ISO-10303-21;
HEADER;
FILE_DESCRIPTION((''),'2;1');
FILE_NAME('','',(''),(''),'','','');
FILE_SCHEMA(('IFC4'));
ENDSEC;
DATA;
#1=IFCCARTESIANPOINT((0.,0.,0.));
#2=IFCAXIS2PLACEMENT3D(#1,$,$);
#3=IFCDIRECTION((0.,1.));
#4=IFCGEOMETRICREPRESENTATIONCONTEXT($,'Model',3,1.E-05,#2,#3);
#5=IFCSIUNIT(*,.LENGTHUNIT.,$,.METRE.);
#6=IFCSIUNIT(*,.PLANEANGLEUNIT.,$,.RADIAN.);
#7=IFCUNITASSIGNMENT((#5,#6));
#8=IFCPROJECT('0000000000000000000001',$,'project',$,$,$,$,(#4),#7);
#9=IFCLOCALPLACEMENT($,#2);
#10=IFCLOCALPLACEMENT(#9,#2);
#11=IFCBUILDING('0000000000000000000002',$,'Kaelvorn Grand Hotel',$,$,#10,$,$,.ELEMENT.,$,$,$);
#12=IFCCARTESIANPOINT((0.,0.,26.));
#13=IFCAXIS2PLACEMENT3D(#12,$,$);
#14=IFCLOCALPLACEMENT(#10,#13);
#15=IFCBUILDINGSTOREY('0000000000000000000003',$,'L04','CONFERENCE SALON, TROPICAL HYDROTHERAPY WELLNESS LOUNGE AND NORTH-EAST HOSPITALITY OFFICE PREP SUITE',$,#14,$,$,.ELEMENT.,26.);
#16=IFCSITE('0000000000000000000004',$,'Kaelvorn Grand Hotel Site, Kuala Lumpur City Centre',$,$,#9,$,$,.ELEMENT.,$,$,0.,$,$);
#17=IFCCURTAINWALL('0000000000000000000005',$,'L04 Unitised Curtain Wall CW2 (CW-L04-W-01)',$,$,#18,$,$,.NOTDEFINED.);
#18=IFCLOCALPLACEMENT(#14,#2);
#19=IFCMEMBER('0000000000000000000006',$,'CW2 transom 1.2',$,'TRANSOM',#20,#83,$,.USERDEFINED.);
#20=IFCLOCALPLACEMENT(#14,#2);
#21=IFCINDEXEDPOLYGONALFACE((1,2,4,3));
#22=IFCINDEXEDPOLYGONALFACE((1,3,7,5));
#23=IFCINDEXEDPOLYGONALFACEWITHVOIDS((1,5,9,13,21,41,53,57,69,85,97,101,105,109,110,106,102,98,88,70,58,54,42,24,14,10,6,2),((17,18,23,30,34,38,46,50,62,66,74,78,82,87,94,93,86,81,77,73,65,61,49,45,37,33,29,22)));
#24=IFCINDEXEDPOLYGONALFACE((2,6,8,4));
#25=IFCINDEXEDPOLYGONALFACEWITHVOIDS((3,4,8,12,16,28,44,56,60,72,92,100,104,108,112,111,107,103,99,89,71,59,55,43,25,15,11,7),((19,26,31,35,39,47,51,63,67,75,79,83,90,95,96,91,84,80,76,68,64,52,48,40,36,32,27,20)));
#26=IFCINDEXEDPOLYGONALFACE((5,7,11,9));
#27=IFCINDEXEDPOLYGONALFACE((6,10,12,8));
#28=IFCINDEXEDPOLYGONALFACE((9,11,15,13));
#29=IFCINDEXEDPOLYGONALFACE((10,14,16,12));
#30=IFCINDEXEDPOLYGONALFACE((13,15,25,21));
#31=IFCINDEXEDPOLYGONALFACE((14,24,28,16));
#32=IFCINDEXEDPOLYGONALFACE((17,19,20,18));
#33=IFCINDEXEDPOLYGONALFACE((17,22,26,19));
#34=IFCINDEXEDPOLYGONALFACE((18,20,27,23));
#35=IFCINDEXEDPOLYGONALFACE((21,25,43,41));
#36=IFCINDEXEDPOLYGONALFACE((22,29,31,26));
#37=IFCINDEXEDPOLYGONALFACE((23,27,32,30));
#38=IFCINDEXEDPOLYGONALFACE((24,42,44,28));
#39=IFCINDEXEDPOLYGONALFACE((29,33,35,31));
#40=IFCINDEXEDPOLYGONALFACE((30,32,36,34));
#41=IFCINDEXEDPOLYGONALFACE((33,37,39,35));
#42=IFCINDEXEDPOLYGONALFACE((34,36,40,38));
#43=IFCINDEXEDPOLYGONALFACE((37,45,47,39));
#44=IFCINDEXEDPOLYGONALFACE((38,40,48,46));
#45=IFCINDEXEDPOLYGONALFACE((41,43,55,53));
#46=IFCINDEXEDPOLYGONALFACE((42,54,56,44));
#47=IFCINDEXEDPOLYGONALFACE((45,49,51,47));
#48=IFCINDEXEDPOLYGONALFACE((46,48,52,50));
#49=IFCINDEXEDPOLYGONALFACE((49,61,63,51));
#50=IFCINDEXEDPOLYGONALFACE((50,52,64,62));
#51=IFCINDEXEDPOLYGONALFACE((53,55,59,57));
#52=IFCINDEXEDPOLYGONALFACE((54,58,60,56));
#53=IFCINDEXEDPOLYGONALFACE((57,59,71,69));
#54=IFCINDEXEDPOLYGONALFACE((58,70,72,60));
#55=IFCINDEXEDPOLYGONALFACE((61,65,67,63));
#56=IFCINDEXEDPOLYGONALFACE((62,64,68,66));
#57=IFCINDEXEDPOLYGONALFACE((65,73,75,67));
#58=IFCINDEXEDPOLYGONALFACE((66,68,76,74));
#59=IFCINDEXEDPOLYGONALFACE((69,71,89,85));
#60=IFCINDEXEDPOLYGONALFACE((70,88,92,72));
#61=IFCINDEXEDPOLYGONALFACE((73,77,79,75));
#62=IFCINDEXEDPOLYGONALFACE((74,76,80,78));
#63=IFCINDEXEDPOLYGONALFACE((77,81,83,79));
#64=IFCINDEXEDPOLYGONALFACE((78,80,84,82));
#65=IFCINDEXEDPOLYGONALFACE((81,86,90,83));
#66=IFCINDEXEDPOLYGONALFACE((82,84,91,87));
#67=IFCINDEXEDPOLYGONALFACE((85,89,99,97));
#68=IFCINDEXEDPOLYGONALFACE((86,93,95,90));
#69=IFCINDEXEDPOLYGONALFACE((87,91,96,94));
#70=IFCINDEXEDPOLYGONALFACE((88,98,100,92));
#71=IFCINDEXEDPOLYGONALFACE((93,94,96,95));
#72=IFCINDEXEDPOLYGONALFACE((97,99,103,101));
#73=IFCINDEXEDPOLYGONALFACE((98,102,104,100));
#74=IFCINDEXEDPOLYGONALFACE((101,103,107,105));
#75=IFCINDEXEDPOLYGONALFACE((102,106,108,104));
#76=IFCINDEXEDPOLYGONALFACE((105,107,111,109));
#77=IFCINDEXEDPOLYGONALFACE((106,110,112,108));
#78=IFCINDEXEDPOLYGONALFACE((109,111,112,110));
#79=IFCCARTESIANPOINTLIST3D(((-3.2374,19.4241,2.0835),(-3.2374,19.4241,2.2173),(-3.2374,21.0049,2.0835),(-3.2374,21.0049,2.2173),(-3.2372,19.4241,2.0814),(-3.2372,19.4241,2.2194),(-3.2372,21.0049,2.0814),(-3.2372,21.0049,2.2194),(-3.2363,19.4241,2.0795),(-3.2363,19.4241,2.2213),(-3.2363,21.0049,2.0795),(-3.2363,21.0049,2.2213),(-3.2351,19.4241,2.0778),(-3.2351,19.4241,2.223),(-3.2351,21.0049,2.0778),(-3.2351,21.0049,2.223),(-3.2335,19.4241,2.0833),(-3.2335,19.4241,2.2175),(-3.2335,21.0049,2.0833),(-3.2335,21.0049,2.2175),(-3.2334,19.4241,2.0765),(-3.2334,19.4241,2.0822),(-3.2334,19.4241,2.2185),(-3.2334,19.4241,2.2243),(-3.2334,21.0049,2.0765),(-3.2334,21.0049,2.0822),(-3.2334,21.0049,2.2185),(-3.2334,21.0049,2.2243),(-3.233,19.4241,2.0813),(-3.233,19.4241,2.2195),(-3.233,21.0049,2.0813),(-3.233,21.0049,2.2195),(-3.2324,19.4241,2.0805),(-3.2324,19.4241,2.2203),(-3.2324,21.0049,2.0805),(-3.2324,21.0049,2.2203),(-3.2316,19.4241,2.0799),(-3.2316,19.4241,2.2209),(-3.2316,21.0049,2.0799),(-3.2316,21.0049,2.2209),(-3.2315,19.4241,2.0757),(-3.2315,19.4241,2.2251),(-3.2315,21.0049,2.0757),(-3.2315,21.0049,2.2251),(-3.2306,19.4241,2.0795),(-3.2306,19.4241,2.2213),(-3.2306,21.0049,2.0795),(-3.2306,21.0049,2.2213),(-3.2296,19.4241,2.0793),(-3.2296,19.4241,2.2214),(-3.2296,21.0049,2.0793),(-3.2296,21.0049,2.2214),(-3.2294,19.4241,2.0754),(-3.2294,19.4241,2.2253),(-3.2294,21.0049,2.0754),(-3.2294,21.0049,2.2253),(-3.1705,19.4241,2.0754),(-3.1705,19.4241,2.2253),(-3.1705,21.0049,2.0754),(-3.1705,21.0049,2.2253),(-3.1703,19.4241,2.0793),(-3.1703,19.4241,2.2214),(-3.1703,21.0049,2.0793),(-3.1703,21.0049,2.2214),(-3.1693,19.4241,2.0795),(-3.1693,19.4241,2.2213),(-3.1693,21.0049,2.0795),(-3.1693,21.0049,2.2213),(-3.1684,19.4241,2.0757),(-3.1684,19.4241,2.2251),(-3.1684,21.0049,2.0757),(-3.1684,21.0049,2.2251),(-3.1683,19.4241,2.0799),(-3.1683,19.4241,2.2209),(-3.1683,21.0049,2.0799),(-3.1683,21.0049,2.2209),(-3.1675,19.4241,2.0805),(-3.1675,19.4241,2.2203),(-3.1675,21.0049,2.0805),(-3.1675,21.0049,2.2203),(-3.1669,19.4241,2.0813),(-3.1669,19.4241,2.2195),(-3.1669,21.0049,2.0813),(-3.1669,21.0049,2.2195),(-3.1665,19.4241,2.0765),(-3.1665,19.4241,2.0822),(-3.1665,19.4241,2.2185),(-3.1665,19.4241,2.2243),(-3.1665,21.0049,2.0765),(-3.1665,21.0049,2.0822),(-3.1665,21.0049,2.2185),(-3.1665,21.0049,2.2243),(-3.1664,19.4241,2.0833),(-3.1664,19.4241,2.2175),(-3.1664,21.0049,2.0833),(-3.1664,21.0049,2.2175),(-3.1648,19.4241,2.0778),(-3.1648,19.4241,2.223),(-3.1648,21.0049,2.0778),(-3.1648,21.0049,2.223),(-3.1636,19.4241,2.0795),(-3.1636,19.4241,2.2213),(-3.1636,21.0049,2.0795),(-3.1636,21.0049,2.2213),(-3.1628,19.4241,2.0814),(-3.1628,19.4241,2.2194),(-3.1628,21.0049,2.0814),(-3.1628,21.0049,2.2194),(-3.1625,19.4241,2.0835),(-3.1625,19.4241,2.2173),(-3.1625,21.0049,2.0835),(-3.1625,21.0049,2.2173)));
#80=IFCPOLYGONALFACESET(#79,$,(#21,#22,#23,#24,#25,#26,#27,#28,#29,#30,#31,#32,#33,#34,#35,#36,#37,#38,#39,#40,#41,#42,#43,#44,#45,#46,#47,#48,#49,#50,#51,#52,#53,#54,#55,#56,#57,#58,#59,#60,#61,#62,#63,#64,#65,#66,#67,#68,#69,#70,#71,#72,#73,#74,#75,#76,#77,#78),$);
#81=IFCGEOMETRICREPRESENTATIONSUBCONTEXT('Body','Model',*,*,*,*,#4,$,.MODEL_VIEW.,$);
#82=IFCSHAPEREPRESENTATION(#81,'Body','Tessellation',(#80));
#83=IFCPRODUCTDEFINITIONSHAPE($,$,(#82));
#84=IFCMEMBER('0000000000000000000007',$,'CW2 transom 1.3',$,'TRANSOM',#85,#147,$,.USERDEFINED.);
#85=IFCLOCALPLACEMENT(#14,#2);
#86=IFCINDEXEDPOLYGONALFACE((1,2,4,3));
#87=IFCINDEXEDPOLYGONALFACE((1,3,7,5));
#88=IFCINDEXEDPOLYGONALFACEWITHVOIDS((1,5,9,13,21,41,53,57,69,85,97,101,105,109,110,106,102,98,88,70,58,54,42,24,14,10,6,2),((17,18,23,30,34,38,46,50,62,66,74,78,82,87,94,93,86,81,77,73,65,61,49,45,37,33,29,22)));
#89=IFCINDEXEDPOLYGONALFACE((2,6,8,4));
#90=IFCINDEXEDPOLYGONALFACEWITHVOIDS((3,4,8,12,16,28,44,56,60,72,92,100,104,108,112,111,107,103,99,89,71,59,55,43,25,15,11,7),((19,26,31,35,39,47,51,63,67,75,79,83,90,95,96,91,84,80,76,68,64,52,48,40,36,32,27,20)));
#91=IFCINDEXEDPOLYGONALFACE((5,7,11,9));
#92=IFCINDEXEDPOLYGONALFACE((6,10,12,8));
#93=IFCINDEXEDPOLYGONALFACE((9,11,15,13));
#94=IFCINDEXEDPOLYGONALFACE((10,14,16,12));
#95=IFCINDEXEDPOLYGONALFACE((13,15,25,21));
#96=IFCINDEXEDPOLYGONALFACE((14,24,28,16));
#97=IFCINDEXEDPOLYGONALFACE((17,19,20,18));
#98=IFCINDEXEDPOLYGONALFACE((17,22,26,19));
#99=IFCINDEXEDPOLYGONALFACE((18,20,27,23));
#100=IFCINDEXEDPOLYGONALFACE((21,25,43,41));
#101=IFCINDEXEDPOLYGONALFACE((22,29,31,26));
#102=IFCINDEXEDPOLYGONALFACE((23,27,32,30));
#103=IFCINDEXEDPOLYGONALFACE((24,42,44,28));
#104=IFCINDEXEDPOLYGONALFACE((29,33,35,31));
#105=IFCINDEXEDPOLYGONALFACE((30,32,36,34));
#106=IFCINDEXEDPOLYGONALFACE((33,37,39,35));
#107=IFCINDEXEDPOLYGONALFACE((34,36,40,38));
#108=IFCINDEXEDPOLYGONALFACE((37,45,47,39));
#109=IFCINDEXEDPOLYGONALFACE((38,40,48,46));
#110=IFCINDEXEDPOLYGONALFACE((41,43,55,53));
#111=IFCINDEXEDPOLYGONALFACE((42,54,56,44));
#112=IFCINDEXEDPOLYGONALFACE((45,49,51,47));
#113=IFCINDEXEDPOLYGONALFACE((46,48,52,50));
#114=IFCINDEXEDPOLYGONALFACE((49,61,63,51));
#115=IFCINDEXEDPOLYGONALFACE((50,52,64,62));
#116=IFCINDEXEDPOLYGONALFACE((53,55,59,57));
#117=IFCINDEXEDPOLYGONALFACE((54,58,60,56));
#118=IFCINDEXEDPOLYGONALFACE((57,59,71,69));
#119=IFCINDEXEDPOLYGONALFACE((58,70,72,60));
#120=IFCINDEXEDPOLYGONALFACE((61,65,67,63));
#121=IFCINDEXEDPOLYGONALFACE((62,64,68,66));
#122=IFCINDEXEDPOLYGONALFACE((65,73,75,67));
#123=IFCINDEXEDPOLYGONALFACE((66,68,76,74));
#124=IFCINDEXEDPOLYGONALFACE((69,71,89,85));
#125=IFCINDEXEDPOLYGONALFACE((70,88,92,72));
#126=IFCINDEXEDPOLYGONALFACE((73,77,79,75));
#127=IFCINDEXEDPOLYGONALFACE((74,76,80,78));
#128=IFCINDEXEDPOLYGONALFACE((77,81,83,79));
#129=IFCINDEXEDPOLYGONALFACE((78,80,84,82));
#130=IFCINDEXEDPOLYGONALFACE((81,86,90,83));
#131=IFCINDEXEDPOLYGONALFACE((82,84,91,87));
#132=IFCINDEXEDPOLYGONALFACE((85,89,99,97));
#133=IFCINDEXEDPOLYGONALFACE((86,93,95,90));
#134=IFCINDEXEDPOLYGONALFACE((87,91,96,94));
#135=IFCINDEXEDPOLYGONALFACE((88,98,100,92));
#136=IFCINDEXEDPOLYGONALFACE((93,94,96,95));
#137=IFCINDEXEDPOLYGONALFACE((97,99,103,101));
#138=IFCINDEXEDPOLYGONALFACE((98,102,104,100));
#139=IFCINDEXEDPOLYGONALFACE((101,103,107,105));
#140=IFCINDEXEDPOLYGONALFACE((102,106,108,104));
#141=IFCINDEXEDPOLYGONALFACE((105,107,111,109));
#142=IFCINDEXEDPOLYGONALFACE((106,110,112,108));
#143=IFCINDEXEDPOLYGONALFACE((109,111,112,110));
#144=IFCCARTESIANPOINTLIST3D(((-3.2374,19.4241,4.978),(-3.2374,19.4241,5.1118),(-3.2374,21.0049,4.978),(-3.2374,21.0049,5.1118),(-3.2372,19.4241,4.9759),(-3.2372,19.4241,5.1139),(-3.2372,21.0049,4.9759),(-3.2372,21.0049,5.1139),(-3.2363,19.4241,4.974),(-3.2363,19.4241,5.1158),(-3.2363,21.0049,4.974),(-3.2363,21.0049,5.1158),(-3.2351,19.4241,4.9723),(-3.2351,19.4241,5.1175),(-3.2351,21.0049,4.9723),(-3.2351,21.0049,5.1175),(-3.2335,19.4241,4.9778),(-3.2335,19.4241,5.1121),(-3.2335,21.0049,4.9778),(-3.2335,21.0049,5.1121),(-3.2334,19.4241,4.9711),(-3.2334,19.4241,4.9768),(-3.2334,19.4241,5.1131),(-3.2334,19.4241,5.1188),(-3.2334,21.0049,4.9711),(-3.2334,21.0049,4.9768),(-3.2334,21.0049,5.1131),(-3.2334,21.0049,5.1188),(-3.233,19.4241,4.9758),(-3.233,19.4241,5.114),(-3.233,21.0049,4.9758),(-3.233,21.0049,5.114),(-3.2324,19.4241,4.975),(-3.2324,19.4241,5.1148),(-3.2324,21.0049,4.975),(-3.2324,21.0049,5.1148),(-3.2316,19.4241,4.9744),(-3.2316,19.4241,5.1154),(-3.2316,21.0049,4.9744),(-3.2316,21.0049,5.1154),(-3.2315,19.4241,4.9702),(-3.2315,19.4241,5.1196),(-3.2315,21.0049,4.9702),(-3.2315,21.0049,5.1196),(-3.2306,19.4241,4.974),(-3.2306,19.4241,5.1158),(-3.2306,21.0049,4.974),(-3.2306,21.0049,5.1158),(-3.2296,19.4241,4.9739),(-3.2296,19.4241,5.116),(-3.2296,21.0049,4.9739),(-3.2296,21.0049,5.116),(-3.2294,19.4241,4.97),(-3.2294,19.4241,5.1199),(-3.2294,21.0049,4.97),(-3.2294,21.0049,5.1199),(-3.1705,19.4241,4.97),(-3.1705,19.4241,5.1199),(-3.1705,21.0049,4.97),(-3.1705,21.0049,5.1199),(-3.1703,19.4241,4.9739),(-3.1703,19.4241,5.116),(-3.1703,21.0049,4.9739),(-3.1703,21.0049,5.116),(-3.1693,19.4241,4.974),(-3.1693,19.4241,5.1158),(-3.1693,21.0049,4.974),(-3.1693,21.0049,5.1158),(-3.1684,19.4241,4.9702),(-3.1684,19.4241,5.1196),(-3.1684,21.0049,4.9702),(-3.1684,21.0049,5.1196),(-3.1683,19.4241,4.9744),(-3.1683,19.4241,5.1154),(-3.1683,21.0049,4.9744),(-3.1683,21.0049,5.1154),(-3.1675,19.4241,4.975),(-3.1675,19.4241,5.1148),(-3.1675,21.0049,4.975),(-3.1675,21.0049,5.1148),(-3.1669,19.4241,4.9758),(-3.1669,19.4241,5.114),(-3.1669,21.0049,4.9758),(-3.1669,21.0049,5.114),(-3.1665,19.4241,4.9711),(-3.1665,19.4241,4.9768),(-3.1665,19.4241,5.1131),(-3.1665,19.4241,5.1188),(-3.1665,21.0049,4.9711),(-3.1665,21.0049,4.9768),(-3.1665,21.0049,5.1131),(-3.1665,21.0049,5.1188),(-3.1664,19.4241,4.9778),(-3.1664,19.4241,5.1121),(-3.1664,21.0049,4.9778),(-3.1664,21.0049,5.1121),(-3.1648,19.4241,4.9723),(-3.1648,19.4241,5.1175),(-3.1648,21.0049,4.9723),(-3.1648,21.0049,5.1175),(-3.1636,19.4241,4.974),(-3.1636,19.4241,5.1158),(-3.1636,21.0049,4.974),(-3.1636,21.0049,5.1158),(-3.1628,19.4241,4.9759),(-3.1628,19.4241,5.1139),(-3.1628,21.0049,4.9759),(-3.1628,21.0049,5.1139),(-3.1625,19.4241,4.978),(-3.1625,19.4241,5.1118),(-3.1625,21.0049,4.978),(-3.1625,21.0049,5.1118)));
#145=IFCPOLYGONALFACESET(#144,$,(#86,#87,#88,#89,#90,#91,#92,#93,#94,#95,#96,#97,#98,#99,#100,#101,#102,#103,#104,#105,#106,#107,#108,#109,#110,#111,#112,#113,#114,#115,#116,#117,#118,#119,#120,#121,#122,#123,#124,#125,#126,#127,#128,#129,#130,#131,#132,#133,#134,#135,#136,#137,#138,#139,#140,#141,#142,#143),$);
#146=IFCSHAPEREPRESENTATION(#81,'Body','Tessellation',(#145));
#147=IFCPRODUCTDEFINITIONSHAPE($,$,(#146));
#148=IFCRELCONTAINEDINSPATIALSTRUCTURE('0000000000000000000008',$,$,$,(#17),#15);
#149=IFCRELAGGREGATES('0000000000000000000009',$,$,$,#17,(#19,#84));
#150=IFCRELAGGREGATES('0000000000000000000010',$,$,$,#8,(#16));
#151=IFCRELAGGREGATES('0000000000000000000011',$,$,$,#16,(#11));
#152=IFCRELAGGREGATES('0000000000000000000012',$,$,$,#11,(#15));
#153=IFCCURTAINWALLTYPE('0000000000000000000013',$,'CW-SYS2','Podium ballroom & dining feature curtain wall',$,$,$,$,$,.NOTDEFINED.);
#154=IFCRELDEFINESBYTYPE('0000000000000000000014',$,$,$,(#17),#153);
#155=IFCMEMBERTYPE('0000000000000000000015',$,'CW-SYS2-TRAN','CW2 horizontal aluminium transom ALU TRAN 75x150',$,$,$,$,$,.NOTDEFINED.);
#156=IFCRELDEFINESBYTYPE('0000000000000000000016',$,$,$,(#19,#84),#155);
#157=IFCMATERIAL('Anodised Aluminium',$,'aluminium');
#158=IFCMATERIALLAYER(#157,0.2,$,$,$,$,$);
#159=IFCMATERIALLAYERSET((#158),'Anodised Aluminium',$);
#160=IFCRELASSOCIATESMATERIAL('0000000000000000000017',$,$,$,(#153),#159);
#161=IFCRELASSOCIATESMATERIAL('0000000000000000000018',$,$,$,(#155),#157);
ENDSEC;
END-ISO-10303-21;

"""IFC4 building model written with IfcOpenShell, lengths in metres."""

from ifc_helpers import new_model, si_unit, direction, frame, origin, origin_2d, place, context, subcontext, project, spatial, hollow_rectangle, extrude, material, layer, layer_set, material_profile, profile_set, type_object, element, aggregate, save


model = new_model("IFC4")

# Units and contexts
model_context = context("Model", 3, precision=1e-05, world=origin(), true_north=direction((0.0, 1.0)))
body_context = subcontext(model_context, "Body", "Model", "MODEL_VIEW")
ifc_project = project(units=[si_unit("LENGTHUNIT", "METRE"), si_unit("PLANEANGLEUNIT", "RADIAN")], contexts=[model_context])

# Site, building, storey
site_placement = place(None, origin())
site = spatial("IfcSite", under=ifc_project, at=site_placement, Name="Kaelvorn Grand Hotel Site, Kuala Lumpur City Centre", CompositionType="ELEMENT", RefElevation=0.0)
building_placement = place(site_placement, origin())
building = spatial("IfcBuilding", under=site, at=building_placement, Name="Kaelvorn Grand Hotel", CompositionType="ELEMENT")
storey_placement = place(building_placement, frame((0.0, 0.0, 26.0)))
storey = spatial("IfcBuildingStorey", under=building, at=storey_placement, Name="L04", Description="CONFERENCE SALON, TROPICAL HYDROTHERAPY WELLNESS LOUNGE AND NORTH-EAST HOSPITALITY OFFICE PREP SUITE", CompositionType="ELEMENT", Elevation=26.0)

# Curtain wall
ifc_material_1 = material(Name="Anodised Aluminium", Category="aluminium")
ifc_layer_1 = layer(ifc_material_1, 0.2)
ifc_layer_set_1 = layer_set([ifc_layer_1], Name="Anodised Aluminium")
curtain_wall_type = type_object("IfcCurtainWallType", Name="CW-SYS2", Description="Podium ballroom & dining feature curtain wall", PredefinedType="NOTDEFINED", material=ifc_layer_set_1)
curtain_wall_1_placement = place(storey_placement, origin())
curtain_wall_1 = element("IfcCurtainWall", 1, at=curtain_wall_1_placement, inside=storey, type_object=curtain_wall_type, Name="L04 Unitised Curtain Wall CW2 (CW-L04-W-01)", PredefinedType="NOTDEFINED")

# Members
ifc_material_profile_1 = material_profile(ifc_material_1, hollow_rectangle(XDim=0.075, YDim=0.1499, WallThickness=0.0039, InnerFilletRadius=0.0039, OuterFilletRadius=0.0081, at=origin_2d()), Name="ALU TRAN 75x150")
ifc_profile_set_1 = profile_set([ifc_material_profile_1], Name="Anodised Aluminium")
member_type_1 = type_object("IfcMemberType", Name="CW-SYS2-TRAN", Description="CW2 horizontal aluminium transom ALU TRAN 75x150", PredefinedType="NOTDEFINED", material=ifc_profile_set_1)
member_1_placement = place(storey_placement, frame((-3.2, 21.0049, 2.1504), z_axis=(0.0, -1.0, 0.0), x_axis=(1.0, 0.0, 0.0)))
member_1 = element("IfcMember", 2, at=member_1_placement, type_object=member_type_1, Name="CW2 transom 1.2", ObjectType="TRANSOM", PredefinedType="USERDEFINED", context=body_context, shape_type="SweptSolid", body=[
    extrude(hollow_rectangle(XDim=0.075, YDim=0.1499, WallThickness=0.0039, InnerFilletRadius=0.0039, OuterFilletRadius=0.0081, at=origin_2d()), origin(), (0.0, 0.0, 1.0), 1.5808),
])
member_2_placement = place(storey_placement, frame((-3.2, 21.0049, 5.0449), z_axis=(0.0, -1.0, 0.0), x_axis=(1.0, 0.0, 0.0)))
member_2 = element("IfcMember", 3, at=member_2_placement, type_object=member_type_1, Name="CW2 transom 1.3", ObjectType="TRANSOM", PredefinedType="USERDEFINED", context=body_context, shape_type="SweptSolid", body=[
    extrude(hollow_rectangle(XDim=0.075, YDim=0.1499, WallThickness=0.0039, InnerFilletRadius=0.0039, OuterFilletRadius=0.0081, at=origin_2d()), origin(), (0.0, 0.0, 1.0), 1.5808),
])

aggregate(curtain_wall_1, [member_1, member_2])

save(model, "model.ifc")
